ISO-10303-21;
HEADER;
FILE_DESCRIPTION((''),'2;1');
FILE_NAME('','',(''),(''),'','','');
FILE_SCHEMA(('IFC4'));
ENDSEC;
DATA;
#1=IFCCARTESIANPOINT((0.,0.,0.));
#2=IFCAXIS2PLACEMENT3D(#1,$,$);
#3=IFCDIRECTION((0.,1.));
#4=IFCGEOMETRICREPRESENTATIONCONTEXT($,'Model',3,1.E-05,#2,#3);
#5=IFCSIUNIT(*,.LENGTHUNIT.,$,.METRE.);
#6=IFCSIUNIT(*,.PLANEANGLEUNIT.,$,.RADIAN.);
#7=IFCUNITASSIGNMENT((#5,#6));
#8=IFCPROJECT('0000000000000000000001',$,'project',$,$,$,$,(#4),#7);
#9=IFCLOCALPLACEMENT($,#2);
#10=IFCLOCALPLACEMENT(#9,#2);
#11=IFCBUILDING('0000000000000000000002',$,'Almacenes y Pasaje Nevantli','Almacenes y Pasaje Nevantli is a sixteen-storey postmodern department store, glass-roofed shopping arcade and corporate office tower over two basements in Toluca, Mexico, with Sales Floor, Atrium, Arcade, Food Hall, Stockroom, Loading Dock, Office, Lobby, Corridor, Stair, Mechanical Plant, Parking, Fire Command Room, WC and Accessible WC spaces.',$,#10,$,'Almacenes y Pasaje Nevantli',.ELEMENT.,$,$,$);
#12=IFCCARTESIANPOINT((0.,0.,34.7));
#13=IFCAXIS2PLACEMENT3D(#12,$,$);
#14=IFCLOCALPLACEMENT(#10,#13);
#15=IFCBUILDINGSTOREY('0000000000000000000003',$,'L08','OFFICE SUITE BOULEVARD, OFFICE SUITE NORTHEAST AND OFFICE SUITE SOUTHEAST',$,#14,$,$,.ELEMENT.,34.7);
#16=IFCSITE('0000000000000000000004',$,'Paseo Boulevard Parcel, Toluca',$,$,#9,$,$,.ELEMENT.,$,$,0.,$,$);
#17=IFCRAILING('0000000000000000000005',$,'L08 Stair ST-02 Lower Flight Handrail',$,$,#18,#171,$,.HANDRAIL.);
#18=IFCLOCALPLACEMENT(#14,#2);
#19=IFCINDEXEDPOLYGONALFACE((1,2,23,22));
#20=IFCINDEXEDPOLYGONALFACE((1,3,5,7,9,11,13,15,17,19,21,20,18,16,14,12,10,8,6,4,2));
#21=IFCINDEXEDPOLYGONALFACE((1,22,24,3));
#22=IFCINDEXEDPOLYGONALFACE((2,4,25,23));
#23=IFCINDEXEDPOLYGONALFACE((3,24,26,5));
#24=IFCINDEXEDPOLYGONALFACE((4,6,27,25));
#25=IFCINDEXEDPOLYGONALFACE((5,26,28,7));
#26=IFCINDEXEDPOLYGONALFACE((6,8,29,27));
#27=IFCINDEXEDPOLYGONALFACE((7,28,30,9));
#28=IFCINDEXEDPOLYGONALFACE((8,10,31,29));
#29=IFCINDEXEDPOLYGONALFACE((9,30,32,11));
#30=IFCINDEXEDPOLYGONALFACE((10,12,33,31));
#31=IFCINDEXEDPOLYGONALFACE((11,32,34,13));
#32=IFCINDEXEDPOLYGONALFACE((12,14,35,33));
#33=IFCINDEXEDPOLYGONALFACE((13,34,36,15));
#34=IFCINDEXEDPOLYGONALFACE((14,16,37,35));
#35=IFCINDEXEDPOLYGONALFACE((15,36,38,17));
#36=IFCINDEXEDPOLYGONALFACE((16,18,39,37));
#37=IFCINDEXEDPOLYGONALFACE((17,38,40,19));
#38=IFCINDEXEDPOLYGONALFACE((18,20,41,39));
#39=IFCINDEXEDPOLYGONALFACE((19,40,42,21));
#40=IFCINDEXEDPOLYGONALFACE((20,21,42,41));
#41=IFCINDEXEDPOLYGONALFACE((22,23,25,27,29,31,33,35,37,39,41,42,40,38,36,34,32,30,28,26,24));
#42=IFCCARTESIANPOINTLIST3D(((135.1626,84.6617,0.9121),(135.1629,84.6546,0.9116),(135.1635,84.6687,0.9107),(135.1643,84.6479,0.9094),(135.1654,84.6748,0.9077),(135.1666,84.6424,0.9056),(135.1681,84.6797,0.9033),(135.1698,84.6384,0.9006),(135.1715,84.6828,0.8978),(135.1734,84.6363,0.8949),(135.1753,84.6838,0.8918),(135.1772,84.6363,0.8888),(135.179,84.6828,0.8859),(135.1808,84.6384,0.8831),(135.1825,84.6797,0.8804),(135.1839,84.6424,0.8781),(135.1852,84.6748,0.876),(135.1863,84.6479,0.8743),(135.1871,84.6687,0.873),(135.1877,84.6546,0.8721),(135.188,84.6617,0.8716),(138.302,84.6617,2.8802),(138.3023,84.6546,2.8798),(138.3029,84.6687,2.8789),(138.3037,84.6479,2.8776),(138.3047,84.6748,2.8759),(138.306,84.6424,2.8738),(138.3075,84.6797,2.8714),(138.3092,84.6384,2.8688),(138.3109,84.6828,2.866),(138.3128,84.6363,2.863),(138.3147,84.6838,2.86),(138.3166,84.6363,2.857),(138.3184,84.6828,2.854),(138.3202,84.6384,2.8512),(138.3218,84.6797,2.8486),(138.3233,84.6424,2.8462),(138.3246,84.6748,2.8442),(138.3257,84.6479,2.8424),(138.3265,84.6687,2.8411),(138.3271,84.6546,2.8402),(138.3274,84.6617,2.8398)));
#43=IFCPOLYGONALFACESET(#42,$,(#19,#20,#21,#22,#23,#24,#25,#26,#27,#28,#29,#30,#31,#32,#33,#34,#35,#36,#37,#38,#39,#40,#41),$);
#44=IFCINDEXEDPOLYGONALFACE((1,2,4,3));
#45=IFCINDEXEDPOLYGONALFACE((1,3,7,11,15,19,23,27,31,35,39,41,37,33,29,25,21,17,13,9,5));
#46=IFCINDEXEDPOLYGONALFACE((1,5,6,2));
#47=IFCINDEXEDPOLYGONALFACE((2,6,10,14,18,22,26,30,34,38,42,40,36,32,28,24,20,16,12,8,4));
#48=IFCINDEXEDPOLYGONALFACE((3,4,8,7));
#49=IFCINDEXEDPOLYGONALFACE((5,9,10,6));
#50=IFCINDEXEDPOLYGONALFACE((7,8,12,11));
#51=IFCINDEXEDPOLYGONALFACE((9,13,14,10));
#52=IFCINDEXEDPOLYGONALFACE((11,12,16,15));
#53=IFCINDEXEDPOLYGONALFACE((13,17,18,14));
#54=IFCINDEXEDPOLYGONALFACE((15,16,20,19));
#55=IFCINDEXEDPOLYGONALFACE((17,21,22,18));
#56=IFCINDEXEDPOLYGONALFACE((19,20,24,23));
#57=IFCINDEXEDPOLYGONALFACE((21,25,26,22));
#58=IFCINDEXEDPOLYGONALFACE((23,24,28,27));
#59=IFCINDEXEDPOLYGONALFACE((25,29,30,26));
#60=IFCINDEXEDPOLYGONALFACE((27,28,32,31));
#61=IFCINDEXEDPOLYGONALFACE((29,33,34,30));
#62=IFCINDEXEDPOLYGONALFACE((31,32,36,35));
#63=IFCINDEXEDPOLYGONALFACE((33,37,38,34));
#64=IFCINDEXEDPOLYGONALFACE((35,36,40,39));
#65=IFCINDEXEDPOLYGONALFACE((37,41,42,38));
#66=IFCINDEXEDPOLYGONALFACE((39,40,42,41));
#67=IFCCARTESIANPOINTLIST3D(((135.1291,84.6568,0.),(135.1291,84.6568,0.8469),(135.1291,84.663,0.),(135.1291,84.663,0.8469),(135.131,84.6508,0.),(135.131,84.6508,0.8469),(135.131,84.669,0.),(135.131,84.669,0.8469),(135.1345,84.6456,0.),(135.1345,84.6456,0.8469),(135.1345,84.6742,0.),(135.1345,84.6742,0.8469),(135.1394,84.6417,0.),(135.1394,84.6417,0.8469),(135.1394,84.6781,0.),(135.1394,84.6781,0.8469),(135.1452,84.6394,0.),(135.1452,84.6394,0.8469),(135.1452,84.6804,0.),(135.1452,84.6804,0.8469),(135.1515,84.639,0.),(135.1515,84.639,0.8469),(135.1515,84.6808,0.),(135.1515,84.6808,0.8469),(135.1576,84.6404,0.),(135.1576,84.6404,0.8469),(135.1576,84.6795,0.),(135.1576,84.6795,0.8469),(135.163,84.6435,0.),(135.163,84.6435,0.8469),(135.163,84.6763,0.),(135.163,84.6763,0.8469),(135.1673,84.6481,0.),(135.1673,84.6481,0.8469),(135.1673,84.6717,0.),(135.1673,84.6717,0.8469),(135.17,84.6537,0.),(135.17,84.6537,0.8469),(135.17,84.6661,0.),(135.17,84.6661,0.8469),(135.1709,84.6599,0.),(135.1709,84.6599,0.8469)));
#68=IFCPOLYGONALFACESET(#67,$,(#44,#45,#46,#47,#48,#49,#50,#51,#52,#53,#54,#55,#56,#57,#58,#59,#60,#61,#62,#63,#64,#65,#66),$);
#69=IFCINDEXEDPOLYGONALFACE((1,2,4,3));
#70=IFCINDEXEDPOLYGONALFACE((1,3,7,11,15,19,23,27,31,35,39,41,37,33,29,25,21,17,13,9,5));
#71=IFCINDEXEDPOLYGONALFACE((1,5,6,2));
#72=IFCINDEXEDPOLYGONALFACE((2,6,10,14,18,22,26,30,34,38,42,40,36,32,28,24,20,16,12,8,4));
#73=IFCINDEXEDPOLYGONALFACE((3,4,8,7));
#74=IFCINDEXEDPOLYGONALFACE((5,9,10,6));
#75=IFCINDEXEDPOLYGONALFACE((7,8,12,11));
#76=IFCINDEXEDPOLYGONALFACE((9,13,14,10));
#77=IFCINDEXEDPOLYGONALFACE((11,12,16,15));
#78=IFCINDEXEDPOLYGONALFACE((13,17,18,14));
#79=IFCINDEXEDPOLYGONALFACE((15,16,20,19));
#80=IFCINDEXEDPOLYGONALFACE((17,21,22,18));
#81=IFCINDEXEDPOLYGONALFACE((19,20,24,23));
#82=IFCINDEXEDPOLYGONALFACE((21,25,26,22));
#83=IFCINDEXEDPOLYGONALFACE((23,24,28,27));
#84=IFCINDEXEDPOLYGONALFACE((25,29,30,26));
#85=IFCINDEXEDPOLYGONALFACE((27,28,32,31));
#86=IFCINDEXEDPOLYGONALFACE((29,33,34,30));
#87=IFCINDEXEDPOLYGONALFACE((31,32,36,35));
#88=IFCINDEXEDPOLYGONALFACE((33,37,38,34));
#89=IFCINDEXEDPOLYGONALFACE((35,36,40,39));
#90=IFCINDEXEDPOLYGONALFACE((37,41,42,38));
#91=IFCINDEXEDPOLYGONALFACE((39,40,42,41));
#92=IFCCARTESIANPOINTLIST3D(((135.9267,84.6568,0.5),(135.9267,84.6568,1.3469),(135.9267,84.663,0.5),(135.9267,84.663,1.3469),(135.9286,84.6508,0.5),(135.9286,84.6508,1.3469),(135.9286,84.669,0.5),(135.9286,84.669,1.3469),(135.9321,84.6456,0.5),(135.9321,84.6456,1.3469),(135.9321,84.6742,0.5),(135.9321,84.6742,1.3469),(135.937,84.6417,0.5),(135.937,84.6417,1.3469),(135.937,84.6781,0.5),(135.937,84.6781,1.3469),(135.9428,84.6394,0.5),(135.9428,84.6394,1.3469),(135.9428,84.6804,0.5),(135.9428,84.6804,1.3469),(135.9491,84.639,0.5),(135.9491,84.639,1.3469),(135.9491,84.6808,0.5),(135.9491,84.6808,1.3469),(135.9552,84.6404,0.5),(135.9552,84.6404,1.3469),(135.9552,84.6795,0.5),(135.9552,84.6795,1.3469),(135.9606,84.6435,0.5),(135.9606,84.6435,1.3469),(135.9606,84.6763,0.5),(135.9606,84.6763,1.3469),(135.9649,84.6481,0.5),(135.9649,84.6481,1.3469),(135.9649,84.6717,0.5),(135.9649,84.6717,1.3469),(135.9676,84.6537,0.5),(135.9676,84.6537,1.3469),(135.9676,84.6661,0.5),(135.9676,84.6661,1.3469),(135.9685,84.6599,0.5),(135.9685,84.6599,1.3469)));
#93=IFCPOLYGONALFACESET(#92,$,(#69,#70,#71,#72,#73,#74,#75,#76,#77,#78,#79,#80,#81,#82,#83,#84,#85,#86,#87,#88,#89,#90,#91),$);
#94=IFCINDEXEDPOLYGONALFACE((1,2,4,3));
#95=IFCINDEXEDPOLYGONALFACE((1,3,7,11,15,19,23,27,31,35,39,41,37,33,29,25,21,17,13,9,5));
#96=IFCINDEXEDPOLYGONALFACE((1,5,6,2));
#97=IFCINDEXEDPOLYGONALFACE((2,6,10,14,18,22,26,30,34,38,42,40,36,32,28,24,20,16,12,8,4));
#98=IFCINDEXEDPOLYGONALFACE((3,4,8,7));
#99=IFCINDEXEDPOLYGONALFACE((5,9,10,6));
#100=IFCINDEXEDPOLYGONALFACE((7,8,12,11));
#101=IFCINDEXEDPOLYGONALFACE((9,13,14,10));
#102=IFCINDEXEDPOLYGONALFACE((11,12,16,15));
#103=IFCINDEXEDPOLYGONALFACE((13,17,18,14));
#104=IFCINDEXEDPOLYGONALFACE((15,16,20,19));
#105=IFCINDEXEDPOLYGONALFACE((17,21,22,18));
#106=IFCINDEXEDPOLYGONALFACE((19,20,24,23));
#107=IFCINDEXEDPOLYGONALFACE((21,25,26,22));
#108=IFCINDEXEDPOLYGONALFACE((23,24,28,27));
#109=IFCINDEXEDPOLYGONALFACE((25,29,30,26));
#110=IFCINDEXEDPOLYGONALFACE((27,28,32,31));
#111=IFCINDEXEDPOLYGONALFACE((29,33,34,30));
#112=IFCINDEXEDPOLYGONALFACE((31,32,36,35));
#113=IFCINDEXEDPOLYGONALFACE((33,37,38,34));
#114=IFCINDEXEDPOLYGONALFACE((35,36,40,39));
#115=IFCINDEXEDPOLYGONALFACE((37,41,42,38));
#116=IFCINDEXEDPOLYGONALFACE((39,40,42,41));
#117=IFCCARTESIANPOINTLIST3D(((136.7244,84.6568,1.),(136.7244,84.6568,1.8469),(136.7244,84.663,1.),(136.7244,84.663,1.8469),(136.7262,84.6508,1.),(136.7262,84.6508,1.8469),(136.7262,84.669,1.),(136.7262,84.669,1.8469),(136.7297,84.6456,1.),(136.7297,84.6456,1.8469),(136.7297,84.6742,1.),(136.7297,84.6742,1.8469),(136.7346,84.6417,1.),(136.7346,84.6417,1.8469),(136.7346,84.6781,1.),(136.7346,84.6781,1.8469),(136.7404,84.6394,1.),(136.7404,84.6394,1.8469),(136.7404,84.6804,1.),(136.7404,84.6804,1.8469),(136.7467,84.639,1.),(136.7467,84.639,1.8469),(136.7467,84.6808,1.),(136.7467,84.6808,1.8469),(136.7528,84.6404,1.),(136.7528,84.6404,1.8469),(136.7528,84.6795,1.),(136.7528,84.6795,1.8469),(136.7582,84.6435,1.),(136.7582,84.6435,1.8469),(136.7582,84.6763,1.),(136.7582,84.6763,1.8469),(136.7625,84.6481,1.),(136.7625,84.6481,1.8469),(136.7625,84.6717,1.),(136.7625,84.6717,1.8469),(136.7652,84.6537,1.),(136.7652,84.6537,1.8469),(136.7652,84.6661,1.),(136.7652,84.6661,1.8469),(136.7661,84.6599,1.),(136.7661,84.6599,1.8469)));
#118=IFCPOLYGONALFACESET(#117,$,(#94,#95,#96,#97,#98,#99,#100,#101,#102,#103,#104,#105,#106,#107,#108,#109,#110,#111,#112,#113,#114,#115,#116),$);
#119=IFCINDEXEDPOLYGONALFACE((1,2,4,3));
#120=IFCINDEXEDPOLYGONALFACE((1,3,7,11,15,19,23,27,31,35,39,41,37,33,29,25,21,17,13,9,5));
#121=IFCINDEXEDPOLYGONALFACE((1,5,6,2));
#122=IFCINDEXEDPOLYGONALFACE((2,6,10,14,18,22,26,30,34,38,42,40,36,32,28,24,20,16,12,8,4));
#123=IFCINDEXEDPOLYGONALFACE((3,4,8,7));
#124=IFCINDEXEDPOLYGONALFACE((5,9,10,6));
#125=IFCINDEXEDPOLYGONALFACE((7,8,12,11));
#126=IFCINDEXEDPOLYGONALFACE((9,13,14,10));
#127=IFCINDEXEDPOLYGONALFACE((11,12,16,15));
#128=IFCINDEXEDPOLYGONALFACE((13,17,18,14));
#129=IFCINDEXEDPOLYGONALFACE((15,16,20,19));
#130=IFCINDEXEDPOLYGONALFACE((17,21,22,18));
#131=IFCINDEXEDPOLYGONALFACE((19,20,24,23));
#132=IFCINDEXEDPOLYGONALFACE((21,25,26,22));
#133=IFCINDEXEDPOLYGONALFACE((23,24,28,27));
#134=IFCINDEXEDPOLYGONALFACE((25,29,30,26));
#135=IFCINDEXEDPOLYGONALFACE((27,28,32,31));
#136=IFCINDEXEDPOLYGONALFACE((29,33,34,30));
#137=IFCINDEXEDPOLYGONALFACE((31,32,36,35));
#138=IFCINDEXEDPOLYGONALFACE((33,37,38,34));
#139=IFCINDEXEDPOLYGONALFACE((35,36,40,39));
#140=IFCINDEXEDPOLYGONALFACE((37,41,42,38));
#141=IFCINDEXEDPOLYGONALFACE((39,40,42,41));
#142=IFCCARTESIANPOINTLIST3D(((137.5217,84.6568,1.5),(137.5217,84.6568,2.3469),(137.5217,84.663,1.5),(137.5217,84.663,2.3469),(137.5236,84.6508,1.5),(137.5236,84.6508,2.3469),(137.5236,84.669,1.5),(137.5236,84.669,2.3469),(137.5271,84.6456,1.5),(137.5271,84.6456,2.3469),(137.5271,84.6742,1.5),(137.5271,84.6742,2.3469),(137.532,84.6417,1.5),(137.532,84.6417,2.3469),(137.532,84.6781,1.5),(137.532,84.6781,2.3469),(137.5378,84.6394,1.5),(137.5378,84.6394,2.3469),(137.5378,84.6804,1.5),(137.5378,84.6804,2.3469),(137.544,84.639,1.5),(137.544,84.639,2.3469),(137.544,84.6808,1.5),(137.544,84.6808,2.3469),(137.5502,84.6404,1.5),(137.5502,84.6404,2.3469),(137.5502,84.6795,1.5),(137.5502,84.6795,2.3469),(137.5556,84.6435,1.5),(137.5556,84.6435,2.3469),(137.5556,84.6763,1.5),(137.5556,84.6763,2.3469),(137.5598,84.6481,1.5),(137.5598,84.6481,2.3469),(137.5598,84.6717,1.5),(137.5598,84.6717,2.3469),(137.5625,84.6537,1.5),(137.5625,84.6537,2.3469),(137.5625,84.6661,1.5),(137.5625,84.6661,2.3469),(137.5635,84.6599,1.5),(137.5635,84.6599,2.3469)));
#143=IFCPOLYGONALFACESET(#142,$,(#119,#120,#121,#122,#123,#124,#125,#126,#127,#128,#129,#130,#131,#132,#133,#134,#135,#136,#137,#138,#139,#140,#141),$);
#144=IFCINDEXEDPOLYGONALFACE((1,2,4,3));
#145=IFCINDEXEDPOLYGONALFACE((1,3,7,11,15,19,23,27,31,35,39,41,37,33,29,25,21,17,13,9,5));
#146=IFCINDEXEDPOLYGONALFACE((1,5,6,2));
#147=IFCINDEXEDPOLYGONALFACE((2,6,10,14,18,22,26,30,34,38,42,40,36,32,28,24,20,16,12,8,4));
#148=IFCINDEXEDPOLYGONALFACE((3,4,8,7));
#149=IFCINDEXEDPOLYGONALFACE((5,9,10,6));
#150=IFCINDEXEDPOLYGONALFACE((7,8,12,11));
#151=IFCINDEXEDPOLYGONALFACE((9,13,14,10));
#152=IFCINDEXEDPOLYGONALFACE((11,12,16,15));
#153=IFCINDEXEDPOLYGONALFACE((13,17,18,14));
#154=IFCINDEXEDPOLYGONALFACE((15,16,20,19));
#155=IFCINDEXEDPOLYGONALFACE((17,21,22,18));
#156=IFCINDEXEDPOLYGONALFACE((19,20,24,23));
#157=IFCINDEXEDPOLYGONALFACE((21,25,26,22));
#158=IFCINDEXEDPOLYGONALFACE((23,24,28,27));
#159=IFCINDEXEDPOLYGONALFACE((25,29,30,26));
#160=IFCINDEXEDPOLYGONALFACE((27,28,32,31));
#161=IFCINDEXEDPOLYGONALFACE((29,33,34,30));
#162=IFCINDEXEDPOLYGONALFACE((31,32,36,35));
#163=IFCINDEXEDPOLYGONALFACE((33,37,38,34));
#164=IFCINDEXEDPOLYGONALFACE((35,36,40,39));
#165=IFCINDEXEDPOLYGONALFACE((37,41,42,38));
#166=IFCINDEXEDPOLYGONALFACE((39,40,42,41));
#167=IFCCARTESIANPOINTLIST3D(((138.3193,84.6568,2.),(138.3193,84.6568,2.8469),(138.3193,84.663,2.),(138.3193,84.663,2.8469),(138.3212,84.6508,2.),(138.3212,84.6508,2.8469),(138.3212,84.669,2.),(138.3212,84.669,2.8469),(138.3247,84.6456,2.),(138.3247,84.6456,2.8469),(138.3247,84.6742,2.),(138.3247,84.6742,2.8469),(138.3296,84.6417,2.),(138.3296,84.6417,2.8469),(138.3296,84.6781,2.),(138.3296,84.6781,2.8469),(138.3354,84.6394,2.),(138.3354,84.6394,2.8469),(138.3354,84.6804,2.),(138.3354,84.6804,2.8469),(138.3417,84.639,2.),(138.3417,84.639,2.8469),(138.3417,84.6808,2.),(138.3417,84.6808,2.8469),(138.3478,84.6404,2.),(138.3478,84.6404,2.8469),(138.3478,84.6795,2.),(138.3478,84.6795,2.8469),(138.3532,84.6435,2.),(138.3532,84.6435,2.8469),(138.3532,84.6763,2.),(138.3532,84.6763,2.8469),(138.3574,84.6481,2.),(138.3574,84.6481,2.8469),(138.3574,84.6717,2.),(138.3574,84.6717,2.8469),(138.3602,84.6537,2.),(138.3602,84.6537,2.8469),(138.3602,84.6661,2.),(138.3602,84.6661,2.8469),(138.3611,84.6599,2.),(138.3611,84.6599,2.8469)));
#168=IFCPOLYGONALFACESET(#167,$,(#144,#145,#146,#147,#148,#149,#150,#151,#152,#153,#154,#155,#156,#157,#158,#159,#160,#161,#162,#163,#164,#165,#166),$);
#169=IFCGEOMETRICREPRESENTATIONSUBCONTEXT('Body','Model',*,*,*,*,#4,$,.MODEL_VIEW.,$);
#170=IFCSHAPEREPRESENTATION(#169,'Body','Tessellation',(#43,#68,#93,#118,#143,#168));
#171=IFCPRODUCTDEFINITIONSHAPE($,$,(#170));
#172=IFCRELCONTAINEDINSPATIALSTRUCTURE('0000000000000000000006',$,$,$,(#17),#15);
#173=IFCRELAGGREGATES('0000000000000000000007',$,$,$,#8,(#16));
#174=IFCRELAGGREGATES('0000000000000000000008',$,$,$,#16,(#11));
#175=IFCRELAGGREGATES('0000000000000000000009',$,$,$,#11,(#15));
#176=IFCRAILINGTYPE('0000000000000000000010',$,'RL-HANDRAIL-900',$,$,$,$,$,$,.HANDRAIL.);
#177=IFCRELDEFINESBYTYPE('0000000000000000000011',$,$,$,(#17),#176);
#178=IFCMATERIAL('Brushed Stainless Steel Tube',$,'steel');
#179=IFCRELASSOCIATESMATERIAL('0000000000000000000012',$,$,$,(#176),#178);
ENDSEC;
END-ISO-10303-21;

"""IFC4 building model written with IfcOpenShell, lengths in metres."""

from ifc_helpers import new_model, si_unit, direction, frame, origin, origin_2d, place, context, subcontext, project, spatial, circle, extrude, material, type_object, element, save


model = new_model("IFC4")

# Units and contexts
model_context = context("Model", 3, precision=1e-05, world=origin(), true_north=direction((0.0, 1.0)))
body_context = subcontext(model_context, "Body", "Model", "MODEL_VIEW")
ifc_project = project(units=[si_unit("LENGTHUNIT", "METRE"), si_unit("PLANEANGLEUNIT", "RADIAN")], contexts=[model_context])

# Site, building, storey
site_placement = place(None, origin())
site = spatial("IfcSite", under=ifc_project, at=site_placement, Name="Paseo Boulevard Parcel, Toluca", CompositionType="ELEMENT", RefElevation=0.0)
building_placement = place(site_placement, origin())
building = spatial("IfcBuilding", under=site, at=building_placement, Name="Almacenes y Pasaje Nevantli", Description="Almacenes y Pasaje Nevantli is a sixteen-storey postmodern department store, glass-roofed shopping arcade and corporate office tower over two basements in Toluca, Mexico, with Sales Floor, Atrium, Arcade, Food Hall, Stockroom, Loading Dock, Office, Lobby, Corridor, Stair, Mechanical Plant, Parking, Fire Command Room, WC and Accessible WC spaces.", LongName="Almacenes y Pasaje Nevantli", CompositionType="ELEMENT")
storey_placement = place(building_placement, frame((0.0, 0.0, 34.7)))
storey = spatial("IfcBuildingStorey", under=building, at=storey_placement, Name="L08", Description="OFFICE SUITE BOULEVARD, OFFICE SUITE NORTHEAST AND OFFICE SUITE SOUTHEAST", CompositionType="ELEMENT", Elevation=34.7)

# Railing
ifc_material_1 = material(Name="Brushed Stainless Steel Tube", Category="steel")
railing_type_1 = type_object("IfcRailingType", Name="RL-HANDRAIL-900", PredefinedType="HANDRAIL", material=ifc_material_1)
railing_1_placement = place(storey_placement, frame((135.1499, 84.6599, 0.0)))
element("IfcRailing", 1, at=railing_1_placement, inside=storey, type_object=railing_type_1, Name="L08 Stair ST-02 Lower Flight Handrail", PredefinedType="HANDRAIL", context=body_context, shape_type="SweptSolid", body=[
    extrude(circle(Radius=0.0239, at=origin_2d()), frame((0.0254, 0.0, 0.8918), z_axis=(0.847265, 0.0, 0.53117), x_axis=(0.0, 1.0, 0.0)), (0.0, 0.0, 1.0), 3.7053),
    extrude(circle(Radius=0.021, at=origin_2d()), origin(), (0.0, 0.0, 1.0), 0.8469),
    extrude(circle(Radius=0.021, at=origin_2d()), frame((0.7976, 0.0, 0.5)), (0.0, 0.0, 1.0), 0.8469),
    extrude(circle(Radius=0.021, at=origin_2d()), frame((1.5952, 0.0, 1.0)), (0.0, 0.0, 1.0), 0.8469),
    extrude(circle(Radius=0.021, at=origin_2d()), frame((2.3926, 0.0, 1.5)), (0.0, 0.0, 1.0), 0.8469),
    extrude(circle(Radius=0.021, at=origin_2d()), frame((3.1902, 0.0, 2.0)), (0.0, 0.0, 1.0), 0.8469),
])

save(model, "model.ifc")
